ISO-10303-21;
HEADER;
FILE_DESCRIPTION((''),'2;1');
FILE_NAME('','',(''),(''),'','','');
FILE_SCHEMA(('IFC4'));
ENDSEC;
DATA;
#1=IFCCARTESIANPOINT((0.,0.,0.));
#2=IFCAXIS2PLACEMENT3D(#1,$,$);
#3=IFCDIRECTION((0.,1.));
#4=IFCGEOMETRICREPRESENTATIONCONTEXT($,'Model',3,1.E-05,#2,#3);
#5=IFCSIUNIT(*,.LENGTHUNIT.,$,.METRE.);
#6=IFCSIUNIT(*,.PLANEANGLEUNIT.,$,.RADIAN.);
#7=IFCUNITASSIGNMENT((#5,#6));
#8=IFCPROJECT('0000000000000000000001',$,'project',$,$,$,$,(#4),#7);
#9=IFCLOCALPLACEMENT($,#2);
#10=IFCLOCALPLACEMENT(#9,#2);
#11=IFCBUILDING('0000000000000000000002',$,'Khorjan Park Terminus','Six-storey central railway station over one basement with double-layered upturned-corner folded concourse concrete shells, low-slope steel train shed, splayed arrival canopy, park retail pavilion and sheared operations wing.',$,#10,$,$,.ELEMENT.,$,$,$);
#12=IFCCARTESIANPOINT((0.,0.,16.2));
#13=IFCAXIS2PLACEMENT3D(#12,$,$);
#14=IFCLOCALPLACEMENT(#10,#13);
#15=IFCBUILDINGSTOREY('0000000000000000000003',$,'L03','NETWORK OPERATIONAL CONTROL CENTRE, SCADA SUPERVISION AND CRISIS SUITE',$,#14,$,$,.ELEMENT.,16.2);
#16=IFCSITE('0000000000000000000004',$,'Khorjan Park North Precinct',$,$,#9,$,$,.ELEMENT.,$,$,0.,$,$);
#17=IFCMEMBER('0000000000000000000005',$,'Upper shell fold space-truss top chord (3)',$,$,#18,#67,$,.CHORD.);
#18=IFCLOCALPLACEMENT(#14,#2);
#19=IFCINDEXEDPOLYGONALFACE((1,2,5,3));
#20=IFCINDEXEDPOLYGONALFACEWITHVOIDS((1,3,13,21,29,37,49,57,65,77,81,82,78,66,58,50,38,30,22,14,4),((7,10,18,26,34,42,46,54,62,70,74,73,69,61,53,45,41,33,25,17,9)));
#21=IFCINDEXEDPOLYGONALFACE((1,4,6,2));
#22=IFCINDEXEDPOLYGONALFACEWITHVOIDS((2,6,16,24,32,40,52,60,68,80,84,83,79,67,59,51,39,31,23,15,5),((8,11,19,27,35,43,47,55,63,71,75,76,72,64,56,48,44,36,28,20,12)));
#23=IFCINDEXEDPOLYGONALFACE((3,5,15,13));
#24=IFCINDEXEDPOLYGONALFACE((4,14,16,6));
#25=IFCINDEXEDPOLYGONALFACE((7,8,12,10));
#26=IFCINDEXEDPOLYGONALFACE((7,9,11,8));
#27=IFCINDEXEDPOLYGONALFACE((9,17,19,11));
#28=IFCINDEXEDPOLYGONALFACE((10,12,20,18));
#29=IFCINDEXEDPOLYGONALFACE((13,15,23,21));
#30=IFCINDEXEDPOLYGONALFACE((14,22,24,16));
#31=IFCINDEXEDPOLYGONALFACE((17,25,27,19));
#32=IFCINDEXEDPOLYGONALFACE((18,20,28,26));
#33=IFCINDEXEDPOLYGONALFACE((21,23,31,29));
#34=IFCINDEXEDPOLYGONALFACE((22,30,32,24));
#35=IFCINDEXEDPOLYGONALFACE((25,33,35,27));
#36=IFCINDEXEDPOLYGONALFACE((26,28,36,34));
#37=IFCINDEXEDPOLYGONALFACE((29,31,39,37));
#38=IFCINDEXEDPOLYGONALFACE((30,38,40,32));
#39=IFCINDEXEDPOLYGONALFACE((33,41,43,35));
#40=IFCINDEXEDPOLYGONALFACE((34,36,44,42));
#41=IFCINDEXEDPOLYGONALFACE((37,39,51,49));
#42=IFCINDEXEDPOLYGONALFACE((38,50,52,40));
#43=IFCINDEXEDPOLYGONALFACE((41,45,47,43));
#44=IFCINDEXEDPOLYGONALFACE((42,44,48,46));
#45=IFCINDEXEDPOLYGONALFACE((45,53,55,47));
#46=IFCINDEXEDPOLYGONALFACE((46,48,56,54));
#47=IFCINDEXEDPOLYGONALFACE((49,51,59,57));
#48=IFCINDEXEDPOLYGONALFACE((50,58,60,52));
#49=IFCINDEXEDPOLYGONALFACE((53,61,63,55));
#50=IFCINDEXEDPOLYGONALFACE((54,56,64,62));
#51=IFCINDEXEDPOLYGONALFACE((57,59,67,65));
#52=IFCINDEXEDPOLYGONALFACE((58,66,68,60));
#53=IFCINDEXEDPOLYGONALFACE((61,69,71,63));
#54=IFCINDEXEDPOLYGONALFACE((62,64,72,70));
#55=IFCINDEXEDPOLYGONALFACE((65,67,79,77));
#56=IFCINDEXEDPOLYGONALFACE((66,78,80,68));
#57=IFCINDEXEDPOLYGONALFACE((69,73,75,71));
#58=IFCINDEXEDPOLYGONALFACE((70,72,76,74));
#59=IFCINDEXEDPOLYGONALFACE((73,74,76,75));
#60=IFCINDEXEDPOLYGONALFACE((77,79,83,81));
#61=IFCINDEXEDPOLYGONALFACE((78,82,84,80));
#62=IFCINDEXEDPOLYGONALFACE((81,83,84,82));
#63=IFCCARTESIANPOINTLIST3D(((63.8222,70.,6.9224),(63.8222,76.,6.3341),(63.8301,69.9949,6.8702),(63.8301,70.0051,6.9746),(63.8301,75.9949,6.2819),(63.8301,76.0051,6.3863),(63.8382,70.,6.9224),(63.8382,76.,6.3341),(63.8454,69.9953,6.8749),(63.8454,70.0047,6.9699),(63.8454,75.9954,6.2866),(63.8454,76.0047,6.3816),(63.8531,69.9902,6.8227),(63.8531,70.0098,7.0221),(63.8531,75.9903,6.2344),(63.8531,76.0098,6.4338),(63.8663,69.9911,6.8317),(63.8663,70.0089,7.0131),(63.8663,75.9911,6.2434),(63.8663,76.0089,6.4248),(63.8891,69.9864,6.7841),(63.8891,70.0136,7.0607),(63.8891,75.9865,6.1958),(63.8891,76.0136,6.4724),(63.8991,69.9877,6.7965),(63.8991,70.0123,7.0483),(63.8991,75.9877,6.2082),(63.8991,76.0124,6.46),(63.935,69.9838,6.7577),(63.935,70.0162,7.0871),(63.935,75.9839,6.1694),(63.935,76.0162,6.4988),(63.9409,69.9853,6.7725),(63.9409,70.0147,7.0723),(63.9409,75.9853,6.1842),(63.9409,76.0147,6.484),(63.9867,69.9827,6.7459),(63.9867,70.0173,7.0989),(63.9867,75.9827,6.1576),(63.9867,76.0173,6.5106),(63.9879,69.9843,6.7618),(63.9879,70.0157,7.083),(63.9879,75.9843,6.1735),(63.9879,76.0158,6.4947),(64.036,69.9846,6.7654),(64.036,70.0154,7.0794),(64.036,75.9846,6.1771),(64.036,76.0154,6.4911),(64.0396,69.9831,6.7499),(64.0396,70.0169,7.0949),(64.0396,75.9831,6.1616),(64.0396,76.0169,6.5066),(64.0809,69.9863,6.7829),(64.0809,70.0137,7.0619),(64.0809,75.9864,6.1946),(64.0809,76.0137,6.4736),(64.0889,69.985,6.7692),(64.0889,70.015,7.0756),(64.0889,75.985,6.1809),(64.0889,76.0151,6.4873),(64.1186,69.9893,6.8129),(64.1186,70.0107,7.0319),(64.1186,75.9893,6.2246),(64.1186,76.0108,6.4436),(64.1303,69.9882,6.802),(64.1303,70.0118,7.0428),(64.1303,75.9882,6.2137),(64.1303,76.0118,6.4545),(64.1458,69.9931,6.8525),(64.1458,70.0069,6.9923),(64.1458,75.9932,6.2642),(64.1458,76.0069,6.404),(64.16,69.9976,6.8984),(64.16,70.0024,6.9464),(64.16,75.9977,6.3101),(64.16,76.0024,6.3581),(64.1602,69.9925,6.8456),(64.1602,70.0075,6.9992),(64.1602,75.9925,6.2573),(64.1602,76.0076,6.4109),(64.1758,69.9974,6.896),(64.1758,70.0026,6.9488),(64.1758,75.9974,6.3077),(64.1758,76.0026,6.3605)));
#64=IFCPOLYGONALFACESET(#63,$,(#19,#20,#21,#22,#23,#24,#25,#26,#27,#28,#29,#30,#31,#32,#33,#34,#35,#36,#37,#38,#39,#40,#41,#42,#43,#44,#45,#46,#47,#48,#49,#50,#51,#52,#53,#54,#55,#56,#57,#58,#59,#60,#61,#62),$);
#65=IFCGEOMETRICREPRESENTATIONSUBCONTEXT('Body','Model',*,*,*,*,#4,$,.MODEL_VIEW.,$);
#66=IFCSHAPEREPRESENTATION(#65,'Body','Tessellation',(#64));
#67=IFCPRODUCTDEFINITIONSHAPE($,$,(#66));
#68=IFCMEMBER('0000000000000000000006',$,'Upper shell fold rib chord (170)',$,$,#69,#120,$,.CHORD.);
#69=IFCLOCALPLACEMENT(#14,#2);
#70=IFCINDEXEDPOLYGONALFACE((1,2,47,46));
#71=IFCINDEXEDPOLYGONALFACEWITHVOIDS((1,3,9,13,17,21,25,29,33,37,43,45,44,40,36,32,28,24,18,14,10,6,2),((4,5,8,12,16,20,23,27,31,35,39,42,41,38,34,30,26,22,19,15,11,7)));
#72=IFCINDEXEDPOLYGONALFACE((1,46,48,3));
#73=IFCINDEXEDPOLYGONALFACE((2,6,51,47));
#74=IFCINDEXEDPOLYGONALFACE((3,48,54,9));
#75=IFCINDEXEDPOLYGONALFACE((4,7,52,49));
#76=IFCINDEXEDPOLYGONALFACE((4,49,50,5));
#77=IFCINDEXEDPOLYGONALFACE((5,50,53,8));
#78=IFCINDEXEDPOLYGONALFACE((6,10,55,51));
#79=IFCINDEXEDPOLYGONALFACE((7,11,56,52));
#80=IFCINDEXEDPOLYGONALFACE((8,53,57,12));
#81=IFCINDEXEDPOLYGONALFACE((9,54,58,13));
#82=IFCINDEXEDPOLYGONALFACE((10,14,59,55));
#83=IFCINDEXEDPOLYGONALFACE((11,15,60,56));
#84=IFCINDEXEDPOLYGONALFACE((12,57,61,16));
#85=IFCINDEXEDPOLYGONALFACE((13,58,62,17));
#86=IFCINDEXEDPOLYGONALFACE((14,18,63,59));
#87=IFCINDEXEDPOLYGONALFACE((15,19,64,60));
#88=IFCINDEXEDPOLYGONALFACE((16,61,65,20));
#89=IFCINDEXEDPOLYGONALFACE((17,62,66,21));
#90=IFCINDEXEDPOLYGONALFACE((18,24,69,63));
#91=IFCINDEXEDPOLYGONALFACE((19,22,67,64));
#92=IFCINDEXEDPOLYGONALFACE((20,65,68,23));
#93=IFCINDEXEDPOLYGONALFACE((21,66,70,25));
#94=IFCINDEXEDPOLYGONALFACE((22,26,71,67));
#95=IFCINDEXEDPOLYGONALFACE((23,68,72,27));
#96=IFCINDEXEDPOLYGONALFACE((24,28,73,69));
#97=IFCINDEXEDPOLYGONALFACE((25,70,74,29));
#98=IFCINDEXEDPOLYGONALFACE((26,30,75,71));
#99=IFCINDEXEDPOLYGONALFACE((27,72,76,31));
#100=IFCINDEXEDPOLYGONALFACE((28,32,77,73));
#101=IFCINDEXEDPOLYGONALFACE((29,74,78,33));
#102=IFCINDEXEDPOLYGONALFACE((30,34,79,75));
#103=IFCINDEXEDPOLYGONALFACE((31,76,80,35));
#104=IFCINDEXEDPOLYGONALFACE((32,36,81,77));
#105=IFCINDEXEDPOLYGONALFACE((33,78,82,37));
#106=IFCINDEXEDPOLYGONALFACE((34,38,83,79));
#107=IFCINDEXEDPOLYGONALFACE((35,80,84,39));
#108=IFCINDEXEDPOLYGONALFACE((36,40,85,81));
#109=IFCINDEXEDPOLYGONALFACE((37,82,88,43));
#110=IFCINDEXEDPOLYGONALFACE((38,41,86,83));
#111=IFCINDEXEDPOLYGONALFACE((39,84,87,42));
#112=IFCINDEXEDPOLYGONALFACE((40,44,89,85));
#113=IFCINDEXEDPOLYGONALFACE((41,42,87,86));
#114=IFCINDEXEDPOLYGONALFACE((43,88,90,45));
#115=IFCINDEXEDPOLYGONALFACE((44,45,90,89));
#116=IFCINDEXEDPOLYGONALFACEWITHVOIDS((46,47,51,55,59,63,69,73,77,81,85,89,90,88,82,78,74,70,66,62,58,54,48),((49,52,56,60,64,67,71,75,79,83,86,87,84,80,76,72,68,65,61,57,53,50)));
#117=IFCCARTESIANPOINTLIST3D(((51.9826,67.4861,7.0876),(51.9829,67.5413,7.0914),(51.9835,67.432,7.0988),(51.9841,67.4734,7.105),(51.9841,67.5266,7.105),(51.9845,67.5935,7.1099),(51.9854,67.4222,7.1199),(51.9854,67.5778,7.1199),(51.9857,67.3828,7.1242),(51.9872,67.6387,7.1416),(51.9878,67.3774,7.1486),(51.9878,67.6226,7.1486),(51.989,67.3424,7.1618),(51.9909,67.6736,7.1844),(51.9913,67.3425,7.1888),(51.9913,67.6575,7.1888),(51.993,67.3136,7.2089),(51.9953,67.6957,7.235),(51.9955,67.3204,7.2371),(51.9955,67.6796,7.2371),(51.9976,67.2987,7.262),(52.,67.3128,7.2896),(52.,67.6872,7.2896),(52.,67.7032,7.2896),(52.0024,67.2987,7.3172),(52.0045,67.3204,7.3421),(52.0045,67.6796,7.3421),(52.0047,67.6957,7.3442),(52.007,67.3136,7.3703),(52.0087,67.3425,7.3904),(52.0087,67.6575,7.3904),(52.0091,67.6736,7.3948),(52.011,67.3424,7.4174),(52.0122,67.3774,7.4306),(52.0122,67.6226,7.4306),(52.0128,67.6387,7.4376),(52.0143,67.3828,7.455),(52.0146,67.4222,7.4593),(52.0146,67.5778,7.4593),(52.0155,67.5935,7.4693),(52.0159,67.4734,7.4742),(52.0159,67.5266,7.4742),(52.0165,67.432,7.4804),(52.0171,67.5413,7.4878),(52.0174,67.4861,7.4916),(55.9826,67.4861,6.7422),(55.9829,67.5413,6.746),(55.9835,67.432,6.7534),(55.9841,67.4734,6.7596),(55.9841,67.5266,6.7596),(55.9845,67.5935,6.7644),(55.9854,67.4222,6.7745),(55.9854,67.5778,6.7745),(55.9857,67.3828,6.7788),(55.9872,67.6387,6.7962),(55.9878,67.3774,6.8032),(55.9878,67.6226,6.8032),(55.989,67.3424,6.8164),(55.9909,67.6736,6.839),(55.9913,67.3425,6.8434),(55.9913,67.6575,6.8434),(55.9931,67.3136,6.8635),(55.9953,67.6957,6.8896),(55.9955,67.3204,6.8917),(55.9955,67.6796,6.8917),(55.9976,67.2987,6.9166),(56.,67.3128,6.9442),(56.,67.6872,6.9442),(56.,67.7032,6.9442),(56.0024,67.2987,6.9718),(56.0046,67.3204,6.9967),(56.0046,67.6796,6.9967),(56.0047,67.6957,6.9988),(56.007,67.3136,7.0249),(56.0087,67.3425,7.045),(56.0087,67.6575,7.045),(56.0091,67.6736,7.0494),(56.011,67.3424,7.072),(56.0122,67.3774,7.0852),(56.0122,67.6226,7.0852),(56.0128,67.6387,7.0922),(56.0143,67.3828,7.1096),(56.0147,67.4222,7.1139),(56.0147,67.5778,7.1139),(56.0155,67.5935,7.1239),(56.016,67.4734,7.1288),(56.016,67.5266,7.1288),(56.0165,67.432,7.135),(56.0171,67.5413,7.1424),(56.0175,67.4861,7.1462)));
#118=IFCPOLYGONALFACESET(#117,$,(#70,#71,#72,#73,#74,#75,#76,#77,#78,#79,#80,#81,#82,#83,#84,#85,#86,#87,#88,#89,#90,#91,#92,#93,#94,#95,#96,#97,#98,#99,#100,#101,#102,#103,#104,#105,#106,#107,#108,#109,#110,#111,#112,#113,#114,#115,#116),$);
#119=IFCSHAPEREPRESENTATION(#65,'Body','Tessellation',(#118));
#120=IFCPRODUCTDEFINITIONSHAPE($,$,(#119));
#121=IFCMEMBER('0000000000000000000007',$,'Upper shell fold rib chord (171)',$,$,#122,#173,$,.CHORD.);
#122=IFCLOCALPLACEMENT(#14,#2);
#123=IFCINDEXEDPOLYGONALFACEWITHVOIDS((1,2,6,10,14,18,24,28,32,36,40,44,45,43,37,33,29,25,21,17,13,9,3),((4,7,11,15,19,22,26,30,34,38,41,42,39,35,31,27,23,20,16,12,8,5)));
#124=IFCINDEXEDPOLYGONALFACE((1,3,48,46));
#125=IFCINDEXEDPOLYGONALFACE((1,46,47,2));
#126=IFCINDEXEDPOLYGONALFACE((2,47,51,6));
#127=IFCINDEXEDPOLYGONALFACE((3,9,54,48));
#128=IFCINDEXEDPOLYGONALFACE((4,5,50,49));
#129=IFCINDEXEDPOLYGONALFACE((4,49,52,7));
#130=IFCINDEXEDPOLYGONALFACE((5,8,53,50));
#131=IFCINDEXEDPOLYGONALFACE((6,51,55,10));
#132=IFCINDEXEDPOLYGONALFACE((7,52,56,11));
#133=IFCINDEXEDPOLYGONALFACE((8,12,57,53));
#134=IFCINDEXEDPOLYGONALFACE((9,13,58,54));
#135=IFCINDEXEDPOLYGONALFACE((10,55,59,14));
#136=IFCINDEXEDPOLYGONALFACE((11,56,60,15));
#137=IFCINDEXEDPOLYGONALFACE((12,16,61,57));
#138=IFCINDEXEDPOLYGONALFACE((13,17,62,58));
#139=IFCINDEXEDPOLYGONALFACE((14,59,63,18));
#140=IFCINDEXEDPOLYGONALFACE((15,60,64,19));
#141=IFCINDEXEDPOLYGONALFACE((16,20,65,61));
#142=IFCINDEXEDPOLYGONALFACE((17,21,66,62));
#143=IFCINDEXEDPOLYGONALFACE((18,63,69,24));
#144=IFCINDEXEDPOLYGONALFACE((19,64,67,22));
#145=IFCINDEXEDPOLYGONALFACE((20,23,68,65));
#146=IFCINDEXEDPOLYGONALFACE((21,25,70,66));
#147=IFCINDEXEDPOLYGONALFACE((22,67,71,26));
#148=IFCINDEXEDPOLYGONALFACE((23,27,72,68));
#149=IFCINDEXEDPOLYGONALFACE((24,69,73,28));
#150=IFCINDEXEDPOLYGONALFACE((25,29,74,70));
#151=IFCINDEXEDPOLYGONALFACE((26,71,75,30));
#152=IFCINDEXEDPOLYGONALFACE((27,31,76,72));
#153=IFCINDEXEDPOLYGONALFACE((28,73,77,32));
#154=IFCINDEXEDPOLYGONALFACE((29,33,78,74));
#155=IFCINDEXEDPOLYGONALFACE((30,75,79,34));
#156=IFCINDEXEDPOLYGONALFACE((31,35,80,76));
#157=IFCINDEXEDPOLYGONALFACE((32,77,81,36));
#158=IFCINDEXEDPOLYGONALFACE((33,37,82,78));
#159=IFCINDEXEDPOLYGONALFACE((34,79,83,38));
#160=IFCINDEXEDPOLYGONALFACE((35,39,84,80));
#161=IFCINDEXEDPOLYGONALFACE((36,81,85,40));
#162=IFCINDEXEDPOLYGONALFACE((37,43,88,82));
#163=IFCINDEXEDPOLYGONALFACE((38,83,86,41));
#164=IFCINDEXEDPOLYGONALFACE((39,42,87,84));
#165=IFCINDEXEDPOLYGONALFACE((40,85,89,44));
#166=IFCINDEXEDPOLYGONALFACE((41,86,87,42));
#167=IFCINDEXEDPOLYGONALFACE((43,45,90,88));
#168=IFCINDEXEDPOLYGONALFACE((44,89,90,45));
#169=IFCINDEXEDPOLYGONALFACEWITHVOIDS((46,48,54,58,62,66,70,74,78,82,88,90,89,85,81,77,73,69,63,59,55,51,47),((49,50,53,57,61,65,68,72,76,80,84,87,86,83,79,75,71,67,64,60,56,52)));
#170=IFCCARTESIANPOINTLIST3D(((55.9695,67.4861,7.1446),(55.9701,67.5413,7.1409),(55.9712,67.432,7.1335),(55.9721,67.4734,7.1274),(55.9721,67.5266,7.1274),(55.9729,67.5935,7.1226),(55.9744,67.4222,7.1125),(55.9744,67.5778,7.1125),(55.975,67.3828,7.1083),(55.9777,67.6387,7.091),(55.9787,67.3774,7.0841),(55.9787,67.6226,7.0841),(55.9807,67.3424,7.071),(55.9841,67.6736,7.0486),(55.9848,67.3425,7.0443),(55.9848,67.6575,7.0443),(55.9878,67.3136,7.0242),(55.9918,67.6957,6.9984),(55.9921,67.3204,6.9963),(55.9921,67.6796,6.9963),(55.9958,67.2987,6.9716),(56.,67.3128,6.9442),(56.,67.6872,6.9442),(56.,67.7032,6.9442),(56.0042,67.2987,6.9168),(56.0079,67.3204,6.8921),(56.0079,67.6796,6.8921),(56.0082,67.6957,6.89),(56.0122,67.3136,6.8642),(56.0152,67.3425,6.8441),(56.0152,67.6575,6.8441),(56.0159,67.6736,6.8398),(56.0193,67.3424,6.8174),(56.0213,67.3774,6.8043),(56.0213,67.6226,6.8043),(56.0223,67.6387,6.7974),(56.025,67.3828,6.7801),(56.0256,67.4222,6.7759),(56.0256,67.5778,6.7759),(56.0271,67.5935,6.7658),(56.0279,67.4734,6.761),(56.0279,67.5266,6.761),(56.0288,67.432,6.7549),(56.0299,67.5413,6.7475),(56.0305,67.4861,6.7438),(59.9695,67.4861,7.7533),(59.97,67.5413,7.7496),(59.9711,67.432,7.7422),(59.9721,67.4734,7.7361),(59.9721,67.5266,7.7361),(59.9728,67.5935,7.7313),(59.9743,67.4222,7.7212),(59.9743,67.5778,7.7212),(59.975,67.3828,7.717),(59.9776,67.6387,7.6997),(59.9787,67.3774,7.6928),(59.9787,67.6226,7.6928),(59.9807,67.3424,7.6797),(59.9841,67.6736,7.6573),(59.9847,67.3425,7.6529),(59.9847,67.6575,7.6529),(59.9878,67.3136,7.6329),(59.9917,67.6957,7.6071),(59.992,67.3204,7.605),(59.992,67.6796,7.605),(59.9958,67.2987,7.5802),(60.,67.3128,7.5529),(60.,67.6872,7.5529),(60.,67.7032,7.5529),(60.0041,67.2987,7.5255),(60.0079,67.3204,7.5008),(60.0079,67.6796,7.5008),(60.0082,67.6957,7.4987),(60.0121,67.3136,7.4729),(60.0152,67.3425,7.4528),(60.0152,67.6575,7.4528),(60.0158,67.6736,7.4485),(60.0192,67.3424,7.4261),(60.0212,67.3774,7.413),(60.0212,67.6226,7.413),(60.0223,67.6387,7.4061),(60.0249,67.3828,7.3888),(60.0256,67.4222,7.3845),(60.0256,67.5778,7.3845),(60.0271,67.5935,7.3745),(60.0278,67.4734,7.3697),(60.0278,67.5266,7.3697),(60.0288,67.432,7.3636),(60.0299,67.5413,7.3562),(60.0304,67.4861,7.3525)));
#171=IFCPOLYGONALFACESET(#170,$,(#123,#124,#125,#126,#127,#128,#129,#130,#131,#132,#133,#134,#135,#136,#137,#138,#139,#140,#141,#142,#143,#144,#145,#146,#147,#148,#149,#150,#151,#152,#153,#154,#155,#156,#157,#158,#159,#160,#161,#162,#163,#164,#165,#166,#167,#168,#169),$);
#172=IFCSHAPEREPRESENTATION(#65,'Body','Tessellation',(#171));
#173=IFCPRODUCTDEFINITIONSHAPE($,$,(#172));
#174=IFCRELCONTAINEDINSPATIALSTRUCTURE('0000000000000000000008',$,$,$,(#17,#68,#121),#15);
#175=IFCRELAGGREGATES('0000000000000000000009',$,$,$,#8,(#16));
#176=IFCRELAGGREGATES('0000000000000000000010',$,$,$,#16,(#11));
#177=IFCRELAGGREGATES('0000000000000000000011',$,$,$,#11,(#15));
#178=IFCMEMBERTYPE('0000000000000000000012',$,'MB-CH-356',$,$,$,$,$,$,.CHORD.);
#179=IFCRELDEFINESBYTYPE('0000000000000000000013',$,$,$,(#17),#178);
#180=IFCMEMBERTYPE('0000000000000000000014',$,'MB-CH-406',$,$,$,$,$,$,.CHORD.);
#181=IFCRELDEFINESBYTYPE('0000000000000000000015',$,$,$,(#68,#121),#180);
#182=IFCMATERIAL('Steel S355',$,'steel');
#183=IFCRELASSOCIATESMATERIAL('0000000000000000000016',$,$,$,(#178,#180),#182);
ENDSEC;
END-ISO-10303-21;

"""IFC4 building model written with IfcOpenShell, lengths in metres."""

from ifc_helpers import new_model, si_unit, direction, frame, origin, origin_2d, place, context, subcontext, project, spatial, hollow_circle, extrude, material, material_profile, profile_set, type_object, element, save


model = new_model("IFC4")

# Units and contexts
model_context = context("Model", 3, precision=1e-05, world=origin(), true_north=direction((0.0, 1.0)))
body_context = subcontext(model_context, "Body", "Model", "MODEL_VIEW")
ifc_project = project(units=[si_unit("LENGTHUNIT", "METRE"), si_unit("PLANEANGLEUNIT", "RADIAN")], contexts=[model_context])

# Site, building, storey
site_placement = place(None, origin())
site = spatial("IfcSite", under=ifc_project, at=site_placement, Name="Khorjan Park North Precinct", CompositionType="ELEMENT", RefElevation=0.0)
building_placement = place(site_placement, origin())
building = spatial("IfcBuilding", under=site, at=building_placement, Name="Khorjan Park Terminus", Description="Six-storey central railway station over one basement with double-layered upturned-corner folded concourse concrete shells, low-slope steel train shed, splayed arrival canopy, park retail pavilion and sheared operations wing.", CompositionType="ELEMENT")
storey_placement = place(building_placement, frame((0.0, 0.0, 16.2)))
storey = spatial("IfcBuildingStorey", under=building, at=storey_placement, Name="L03", Description="NETWORK OPERATIONAL CONTROL CENTRE, SCADA SUPERVISION AND CRISIS SUITE", CompositionType="ELEMENT", Elevation=16.2)

# Members
ifc_material = material(Name="Steel S355", Category="steel")
ifc_material_profile_1 = material_profile(ifc_material, hollow_circle(Radius=0.1778, WallThickness=0.016, at=origin_2d()), Name="CHS 355.6x16")
ifc_profile_set_1 = profile_set([ifc_material_profile_1], Name="Steel S355")
member_type_1 = type_object("IfcMemberType", Name="MB-CH-356", PredefinedType="CHORD", material=ifc_profile_set_1)
member_1_placement = place(storey_placement, frame((64.0, 70.0, 6.9224), z_axis=(0.0, 0.995227, -0.097582), x_axis=(-1.0, 0.0, 0.0)))
element("IfcMember", 1, at=member_1_placement, inside=storey, type_object=member_type_1, Name="Upper shell fold space-truss top chord (3)", PredefinedType="CHORD", context=body_context, shape_type="SweptSolid", body=[
    extrude(hollow_circle(Radius=0.1778, WallThickness=0.016, at=origin_2d()), origin(), (0.0, 0.0, 1.0), 6.0288),
])
ifc_material_profile_2 = material_profile(ifc_material, hollow_circle(Radius=0.2032, WallThickness=0.016, at=origin_2d()), Name="CHS 406.4x16")
ifc_profile_set_2 = profile_set([ifc_material_profile_2], Name="Steel S355")
member_type_2 = type_object("IfcMemberType", Name="MB-CH-406", PredefinedType="CHORD", material=ifc_profile_set_2)
member_2_placement = place(storey_placement, frame((52.0, 67.5, 7.2896), z_axis=(0.996293, 0.0, -0.08603), x_axis=(0.0, 1.0, 0.0)))
element("IfcMember", 2, at=member_2_placement, inside=storey, type_object=member_type_2, Name="Upper shell fold rib chord (170)", PredefinedType="CHORD", context=body_context, shape_type="SweptSolid", body=[
    extrude(hollow_circle(Radius=0.2032, WallThickness=0.016, at=origin_2d()), origin(), (0.0, 0.0, 1.0), 4.0149),
])
member_3_placement = place(storey_placement, frame((56.0, 67.5, 6.9442), z_axis=(0.988619, 0.0, 0.150443), x_axis=(0.0, 1.0, 0.0)))
element("IfcMember", 3, at=member_3_placement, inside=storey, type_object=member_type_2, Name="Upper shell fold rib chord (171)", PredefinedType="CHORD", context=body_context, shape_type="SweptSolid", body=[
    extrude(hollow_circle(Radius=0.2032, WallThickness=0.016, at=origin_2d()), origin(), (0.0, 0.0, 1.0), 4.046),
])

save(model, "model.ifc")
